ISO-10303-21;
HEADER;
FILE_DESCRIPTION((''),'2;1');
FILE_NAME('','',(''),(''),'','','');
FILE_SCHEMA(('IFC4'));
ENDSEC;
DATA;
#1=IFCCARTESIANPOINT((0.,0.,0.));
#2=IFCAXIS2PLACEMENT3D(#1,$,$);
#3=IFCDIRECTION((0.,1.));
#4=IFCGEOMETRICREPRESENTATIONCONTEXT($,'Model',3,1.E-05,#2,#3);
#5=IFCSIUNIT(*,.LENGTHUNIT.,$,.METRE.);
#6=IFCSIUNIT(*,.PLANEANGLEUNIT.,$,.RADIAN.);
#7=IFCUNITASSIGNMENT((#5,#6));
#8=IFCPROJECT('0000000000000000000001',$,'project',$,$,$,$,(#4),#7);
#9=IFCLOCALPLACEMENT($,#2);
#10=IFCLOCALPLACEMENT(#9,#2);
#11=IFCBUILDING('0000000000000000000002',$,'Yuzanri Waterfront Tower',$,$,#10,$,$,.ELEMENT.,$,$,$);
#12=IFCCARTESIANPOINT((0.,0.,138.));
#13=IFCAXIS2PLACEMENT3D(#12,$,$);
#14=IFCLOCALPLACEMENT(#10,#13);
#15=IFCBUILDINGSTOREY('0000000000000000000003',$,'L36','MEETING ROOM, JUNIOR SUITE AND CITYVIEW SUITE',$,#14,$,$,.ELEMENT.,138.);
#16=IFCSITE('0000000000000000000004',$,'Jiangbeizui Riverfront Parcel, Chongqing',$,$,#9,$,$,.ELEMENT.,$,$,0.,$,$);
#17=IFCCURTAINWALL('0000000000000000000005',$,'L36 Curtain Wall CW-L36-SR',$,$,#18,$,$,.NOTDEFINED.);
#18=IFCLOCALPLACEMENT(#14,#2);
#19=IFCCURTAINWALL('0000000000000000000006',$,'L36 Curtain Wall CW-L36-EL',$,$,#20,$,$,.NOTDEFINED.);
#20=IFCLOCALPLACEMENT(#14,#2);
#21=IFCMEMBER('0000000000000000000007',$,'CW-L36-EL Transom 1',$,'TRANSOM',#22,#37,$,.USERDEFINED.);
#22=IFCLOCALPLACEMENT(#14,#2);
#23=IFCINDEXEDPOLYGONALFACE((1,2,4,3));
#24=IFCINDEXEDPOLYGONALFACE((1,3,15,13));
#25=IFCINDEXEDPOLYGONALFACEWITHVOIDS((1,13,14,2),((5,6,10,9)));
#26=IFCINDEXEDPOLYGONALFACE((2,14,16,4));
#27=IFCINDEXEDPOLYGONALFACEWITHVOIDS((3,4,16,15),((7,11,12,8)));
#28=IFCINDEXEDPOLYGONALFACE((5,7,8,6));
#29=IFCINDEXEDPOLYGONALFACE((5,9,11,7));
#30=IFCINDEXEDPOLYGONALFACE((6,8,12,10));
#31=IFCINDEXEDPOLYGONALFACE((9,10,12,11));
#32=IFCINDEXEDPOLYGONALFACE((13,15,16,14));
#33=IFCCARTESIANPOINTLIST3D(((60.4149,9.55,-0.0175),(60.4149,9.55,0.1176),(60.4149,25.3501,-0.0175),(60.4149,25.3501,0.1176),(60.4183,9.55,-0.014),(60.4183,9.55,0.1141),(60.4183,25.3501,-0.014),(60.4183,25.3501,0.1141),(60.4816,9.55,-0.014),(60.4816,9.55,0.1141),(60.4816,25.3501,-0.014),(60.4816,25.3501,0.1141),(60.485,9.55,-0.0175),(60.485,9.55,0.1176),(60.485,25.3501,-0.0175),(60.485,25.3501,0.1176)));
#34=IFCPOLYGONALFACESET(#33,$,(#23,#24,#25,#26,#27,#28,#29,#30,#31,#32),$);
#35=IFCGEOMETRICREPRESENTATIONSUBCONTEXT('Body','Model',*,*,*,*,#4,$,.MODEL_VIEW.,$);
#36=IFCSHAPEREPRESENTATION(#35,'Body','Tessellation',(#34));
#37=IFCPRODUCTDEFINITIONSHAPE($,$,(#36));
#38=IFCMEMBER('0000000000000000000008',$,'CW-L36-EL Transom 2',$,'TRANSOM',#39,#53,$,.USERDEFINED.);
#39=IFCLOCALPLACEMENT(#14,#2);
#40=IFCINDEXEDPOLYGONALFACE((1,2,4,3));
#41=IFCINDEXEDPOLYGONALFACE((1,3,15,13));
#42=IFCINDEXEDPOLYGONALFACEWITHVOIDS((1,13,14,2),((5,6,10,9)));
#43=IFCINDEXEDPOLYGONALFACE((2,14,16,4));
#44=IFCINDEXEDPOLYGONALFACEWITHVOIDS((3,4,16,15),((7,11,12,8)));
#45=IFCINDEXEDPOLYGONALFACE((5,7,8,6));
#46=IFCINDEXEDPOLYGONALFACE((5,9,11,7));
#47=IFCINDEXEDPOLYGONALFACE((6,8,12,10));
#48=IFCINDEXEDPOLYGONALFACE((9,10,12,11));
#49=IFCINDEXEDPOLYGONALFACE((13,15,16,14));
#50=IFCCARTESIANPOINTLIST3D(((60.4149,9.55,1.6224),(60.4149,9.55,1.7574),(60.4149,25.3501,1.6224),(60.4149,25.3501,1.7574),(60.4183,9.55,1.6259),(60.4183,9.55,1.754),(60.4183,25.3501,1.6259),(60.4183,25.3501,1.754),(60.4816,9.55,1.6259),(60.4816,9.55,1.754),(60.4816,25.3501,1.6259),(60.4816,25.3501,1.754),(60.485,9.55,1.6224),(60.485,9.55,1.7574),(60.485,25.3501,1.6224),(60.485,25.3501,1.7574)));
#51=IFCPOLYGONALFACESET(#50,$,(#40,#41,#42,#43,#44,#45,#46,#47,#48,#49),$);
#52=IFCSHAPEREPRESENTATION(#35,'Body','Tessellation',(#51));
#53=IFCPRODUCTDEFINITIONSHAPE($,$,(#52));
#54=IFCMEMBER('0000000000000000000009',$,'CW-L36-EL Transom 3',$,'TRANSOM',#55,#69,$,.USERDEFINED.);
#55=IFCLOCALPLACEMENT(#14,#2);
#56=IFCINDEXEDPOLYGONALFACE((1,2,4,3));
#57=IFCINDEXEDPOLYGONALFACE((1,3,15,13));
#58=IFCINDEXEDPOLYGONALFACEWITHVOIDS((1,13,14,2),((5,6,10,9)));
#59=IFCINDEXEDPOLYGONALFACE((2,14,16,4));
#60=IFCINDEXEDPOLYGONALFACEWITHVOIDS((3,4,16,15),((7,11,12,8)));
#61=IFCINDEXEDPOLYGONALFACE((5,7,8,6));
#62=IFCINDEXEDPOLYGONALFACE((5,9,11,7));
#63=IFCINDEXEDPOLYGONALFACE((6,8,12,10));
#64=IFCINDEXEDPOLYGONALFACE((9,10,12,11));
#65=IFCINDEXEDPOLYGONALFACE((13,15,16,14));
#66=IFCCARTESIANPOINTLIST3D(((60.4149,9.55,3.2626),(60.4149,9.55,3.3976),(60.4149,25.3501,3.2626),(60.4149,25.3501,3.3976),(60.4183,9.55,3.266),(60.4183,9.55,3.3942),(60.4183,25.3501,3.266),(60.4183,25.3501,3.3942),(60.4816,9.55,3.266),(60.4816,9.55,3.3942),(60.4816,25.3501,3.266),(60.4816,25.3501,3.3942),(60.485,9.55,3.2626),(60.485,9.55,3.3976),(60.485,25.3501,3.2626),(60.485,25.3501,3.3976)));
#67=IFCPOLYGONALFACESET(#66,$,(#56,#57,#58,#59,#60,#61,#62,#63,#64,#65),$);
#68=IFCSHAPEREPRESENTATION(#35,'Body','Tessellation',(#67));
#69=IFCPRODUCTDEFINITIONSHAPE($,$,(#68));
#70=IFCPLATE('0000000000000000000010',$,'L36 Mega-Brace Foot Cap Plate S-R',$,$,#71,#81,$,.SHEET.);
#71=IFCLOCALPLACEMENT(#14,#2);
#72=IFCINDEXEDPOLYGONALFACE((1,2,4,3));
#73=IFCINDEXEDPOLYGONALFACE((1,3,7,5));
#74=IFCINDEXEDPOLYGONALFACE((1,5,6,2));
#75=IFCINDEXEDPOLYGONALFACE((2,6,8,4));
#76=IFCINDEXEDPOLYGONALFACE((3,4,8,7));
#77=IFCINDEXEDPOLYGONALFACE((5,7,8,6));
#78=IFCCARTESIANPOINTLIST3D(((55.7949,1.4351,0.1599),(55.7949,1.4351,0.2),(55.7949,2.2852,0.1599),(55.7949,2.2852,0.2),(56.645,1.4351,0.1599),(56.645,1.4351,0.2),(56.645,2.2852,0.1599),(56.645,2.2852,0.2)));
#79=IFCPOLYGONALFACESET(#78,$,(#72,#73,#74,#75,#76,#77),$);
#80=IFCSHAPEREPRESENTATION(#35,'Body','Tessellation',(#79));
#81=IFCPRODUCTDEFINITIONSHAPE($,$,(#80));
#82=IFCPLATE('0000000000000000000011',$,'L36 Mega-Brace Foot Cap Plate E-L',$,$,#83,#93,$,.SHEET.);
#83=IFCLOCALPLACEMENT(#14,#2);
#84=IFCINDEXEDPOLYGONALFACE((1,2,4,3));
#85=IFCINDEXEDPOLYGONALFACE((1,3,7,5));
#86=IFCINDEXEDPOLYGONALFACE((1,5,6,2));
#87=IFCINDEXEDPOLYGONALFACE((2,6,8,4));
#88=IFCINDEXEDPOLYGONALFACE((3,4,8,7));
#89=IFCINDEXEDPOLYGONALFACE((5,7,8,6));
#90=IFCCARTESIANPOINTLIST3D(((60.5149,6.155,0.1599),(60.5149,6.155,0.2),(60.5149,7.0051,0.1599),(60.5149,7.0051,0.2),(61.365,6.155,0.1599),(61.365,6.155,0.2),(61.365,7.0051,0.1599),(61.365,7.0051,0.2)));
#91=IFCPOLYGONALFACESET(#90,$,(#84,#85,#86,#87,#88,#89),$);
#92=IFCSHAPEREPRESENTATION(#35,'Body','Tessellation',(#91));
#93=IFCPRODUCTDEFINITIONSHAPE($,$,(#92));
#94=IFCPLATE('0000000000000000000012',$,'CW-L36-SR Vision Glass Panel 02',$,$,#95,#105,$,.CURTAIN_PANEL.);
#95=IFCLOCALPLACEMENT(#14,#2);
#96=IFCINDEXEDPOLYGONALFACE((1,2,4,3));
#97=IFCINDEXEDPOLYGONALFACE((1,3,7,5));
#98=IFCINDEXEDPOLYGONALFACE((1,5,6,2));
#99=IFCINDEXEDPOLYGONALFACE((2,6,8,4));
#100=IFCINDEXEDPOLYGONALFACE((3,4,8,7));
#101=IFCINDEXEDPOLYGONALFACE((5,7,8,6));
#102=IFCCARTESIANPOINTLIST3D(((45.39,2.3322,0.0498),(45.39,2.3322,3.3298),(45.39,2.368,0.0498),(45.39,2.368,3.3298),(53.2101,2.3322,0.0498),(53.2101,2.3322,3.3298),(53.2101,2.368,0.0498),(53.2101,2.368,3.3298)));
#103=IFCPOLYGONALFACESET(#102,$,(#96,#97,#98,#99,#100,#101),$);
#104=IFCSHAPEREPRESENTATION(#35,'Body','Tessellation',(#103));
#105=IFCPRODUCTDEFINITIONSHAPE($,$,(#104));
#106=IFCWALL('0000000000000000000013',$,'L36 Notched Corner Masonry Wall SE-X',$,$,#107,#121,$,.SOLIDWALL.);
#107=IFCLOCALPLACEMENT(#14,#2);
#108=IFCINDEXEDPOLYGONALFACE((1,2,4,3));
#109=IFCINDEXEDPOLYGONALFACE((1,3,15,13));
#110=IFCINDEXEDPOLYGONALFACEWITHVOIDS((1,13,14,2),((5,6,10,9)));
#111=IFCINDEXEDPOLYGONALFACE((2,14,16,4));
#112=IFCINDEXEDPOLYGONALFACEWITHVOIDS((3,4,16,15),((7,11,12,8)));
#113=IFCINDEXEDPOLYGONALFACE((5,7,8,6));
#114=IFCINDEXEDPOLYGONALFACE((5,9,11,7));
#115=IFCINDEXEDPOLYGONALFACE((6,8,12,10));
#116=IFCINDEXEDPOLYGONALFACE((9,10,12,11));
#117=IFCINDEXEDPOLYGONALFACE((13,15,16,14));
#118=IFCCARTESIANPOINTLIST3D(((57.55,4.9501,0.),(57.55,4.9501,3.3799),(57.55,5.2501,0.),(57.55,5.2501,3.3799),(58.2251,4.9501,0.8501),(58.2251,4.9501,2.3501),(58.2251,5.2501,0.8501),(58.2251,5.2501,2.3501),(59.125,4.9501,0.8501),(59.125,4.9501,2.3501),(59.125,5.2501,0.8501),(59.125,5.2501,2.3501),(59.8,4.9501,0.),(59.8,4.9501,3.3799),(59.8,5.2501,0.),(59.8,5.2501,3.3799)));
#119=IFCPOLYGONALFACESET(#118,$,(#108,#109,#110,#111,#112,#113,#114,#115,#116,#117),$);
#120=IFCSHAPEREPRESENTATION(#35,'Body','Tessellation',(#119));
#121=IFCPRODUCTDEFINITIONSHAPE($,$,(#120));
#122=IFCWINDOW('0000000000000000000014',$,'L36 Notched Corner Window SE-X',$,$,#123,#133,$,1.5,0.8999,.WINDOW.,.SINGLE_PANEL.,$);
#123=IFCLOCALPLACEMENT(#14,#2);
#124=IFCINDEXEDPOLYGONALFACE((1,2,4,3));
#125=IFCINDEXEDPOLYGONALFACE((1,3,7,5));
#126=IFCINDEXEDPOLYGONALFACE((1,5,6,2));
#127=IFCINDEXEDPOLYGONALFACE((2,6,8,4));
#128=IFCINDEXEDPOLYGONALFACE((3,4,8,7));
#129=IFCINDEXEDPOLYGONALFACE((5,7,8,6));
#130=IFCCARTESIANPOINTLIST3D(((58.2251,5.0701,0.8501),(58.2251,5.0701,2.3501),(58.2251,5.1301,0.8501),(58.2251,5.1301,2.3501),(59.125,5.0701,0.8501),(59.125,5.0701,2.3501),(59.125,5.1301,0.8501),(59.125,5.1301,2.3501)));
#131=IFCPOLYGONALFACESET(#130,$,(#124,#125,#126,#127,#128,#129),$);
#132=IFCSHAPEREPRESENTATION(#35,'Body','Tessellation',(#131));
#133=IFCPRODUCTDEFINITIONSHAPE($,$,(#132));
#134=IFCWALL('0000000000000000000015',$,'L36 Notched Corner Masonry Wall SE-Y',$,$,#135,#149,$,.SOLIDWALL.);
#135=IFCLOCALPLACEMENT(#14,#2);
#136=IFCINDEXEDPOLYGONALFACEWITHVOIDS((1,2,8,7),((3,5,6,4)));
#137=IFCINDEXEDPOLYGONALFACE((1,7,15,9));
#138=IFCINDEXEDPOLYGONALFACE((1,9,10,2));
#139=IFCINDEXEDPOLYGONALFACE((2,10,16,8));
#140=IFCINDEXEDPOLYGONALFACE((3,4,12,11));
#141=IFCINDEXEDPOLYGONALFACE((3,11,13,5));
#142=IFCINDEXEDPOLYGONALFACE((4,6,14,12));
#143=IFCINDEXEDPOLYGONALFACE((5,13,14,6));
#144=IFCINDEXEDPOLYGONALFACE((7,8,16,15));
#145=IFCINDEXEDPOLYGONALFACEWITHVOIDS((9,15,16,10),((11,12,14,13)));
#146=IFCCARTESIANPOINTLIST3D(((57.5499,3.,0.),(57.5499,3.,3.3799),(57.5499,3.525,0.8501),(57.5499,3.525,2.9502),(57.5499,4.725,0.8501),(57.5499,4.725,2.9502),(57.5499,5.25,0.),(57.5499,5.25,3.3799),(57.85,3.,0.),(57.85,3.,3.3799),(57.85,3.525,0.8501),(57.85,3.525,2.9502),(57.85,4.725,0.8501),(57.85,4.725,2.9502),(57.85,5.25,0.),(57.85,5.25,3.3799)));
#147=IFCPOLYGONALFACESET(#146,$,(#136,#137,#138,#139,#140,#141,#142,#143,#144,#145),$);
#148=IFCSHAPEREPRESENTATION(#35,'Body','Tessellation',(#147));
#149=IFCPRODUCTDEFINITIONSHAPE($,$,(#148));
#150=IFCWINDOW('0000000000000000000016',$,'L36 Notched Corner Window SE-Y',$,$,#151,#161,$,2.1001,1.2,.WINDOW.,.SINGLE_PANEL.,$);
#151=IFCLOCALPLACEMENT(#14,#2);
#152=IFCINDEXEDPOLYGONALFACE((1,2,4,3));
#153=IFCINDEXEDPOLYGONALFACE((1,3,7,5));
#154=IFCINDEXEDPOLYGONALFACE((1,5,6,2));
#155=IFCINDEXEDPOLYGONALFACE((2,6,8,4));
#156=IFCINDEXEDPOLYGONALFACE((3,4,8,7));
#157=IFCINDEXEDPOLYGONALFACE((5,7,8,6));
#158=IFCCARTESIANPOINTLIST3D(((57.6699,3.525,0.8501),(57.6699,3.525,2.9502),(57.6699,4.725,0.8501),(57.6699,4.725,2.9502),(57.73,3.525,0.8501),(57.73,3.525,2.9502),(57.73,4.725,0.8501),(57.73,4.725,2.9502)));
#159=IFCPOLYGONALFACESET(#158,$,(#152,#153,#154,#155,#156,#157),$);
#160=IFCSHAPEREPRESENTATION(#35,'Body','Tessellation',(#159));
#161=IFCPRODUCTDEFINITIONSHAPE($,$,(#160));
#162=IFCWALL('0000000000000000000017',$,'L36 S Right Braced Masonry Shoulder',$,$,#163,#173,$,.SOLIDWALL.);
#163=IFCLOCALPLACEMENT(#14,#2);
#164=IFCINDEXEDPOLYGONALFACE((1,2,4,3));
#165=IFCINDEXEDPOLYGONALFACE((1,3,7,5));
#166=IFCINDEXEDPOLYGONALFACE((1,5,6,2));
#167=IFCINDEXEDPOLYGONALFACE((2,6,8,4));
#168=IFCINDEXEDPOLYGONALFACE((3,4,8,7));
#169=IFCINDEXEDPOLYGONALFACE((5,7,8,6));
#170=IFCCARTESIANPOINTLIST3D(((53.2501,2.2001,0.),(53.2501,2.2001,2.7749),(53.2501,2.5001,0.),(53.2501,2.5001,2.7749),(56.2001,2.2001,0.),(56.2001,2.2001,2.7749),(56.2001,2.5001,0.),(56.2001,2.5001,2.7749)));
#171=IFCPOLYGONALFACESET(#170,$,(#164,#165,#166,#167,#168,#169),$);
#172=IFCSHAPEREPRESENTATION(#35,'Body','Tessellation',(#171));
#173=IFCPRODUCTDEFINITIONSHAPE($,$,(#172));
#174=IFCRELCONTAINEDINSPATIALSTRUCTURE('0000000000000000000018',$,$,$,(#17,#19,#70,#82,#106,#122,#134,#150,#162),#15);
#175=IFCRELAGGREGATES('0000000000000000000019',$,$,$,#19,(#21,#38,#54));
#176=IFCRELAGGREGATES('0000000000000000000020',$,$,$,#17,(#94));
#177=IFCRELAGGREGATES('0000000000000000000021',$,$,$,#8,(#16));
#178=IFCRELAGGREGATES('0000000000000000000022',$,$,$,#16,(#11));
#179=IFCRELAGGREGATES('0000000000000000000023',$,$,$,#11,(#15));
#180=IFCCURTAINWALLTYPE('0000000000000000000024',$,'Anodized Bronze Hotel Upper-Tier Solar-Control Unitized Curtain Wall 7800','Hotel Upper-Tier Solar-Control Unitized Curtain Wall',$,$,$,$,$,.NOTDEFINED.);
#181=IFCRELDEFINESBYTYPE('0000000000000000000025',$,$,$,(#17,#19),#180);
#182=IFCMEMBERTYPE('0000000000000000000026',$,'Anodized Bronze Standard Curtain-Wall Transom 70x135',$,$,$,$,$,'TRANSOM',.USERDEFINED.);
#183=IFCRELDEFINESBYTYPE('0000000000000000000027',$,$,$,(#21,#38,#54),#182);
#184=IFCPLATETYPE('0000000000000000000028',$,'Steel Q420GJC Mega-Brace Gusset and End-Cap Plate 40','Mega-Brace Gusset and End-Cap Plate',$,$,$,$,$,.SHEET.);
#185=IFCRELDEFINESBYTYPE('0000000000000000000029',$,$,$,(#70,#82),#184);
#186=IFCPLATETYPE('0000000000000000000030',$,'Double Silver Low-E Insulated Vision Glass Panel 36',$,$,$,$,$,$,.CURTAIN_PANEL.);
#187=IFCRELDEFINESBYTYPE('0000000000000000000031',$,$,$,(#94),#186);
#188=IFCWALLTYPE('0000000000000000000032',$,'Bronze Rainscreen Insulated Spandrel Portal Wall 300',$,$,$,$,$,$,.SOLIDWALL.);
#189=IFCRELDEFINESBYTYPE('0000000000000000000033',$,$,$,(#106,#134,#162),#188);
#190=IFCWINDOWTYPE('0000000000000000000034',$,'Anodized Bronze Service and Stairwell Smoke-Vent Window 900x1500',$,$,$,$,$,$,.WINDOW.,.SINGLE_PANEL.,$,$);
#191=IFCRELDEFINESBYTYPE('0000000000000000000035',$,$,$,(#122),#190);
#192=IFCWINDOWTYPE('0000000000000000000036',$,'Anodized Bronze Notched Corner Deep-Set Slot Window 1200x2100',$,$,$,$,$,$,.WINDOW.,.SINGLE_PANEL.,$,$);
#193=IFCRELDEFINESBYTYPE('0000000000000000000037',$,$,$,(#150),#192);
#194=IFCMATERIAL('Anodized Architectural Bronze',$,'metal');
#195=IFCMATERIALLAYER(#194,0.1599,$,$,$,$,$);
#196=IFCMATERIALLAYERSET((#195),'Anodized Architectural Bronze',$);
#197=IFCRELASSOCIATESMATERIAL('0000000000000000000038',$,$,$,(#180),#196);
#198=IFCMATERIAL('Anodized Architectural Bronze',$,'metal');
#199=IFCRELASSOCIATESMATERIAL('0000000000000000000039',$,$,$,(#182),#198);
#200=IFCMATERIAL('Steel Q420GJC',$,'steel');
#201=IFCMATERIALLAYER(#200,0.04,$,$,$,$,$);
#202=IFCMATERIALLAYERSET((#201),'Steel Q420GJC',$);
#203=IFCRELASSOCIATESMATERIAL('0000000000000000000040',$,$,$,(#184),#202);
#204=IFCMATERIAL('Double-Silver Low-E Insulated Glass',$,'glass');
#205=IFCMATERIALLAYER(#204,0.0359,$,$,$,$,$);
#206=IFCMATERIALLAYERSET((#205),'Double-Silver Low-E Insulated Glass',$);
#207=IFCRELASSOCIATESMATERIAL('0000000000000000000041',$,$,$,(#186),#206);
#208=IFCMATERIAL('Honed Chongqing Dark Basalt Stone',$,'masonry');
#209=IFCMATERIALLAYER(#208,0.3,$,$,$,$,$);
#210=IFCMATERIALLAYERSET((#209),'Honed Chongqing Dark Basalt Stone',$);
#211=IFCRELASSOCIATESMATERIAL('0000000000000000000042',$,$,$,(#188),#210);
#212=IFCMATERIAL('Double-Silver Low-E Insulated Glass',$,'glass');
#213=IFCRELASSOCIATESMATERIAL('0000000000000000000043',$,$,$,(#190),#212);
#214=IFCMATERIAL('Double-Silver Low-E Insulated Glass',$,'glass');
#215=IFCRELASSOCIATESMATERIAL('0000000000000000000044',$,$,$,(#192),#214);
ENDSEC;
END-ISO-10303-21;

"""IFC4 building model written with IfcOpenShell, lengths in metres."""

from ifc_helpers import new_model, si_unit, direction, frame, frame_2d, origin, origin_2d, place, context, subcontext, project, spatial, rectangle, hollow_rectangle, extrude, source, transform, mapped, material, layer, layer_set, material_profile, profile_set, type_object, element, fill, aggregate, save


model = new_model("IFC4")

# Units and contexts
model_context = context("Model", 3, precision=1e-05, world=origin(), true_north=direction((0.0, 1.0)))
body_context = subcontext(model_context, "Body", "Model", "MODEL_VIEW")
ifc_project = project(units=[si_unit("LENGTHUNIT", "METRE"), si_unit("PLANEANGLEUNIT", "RADIAN")], contexts=[model_context])

# Site, building, storey
site_placement = place(None, origin())
site = spatial("IfcSite", under=ifc_project, at=site_placement, Name="Jiangbeizui Riverfront Parcel, Chongqing", CompositionType="ELEMENT", RefElevation=0.0)
building_placement = place(site_placement, origin())
building = spatial("IfcBuilding", under=site, at=building_placement, Name="Yuzanri Waterfront Tower", CompositionType="ELEMENT")
storey_placement = place(building_placement, frame((0.0, 0.0, 138.0)))
storey = spatial("IfcBuildingStorey", under=building, at=storey_placement, Name="L36", Description="MEETING ROOM, JUNIOR SUITE AND CITYVIEW SUITE", CompositionType="ELEMENT", Elevation=138.0)

# Curtain walls, members
ifc_material_1 = material(Name="Anodized Architectural Bronze", Category="metal")
ifc_layer_1 = layer(ifc_material_1, 0.1599)
ifc_layer_set_1 = layer_set([ifc_layer_1], Name="Anodized Architectural Bronze")
curtain_wall_type = type_object("IfcCurtainWallType", Name="Anodized Bronze Hotel Upper-Tier Solar-Control Unitized Curtain Wall 7800", Description="Hotel Upper-Tier Solar-Control Unitized Curtain Wall", PredefinedType="NOTDEFINED", material=ifc_layer_set_1)
curtain_wall_1_placement = place(storey_placement, origin())
curtain_wall_1 = element("IfcCurtainWall", 1, at=curtain_wall_1_placement, inside=storey, type_object=curtain_wall_type, Name="L36 Curtain Wall CW-L36-SR", PredefinedType="NOTDEFINED")
curtain_wall_2_placement = place(storey_placement, origin())
curtain_wall_2 = element("IfcCurtainWall", 2, at=curtain_wall_2_placement, inside=storey, type_object=curtain_wall_type, Name="L36 Curtain Wall CW-L36-EL", PredefinedType="NOTDEFINED")
ifc_material_2 = material(Name="Anodized Architectural Bronze", Category="metal")
ifc_material_profile_1 = material_profile(ifc_material_2, hollow_rectangle(XDim=0.0701, YDim=0.135, WallThickness=0.0034, at=origin_2d()), Name="CWT 70x135")
ifc_profile_set_1 = profile_set([ifc_material_profile_1], Name="Anodized Architectural Bronze")
member_type_1 = type_object("IfcMemberType", Name="Anodized Bronze Standard Curtain-Wall Transom 70x135", ElementType="TRANSOM", PredefinedType="USERDEFINED", material=ifc_profile_set_1)
shared_shape_1 = source(origin(), body_context, "Body", "SweptSolid", [
    extrude(hollow_rectangle(XDim=0.0701, YDim=0.135, WallThickness=0.0034, at=origin_2d()), origin(), (0.0, 0.0, 1.0), 15.8),
])
member_1_placement = place(storey_placement, frame((60.45, 9.55, 0.05), z_axis=(0.0, 1.0, 0.0), x_axis=(-1.0, 0.0, 0.0)))
member_1 = element("IfcMember", 3, at=member_1_placement, type_object=member_type_1, Name="CW-L36-EL Transom 1", ObjectType="TRANSOM", PredefinedType="USERDEFINED", context=body_context, shape_type="MappedRepresentation", body=[
    mapped(shared_shape_1, transform((0.0, 0.0, 0.0), scale=1.0)),
])
member_2_placement = place(storey_placement, frame((60.45, 9.55, 1.6899), z_axis=(0.0, 1.0, 0.0), x_axis=(-1.0, 0.0, 0.0)))
member_2 = element("IfcMember", 4, at=member_2_placement, type_object=member_type_1, Name="CW-L36-EL Transom 2", ObjectType="TRANSOM", PredefinedType="USERDEFINED", context=body_context, shape_type="MappedRepresentation", body=[
    mapped(shared_shape_1, transform((0.0, 0.0, 0.0), scale=1.0)),
])
member_3_placement = place(storey_placement, frame((60.45, 9.55, 3.3301), z_axis=(0.0, 1.0, 0.0), x_axis=(-1.0, 0.0, 0.0)))
member_3 = element("IfcMember", 5, at=member_3_placement, type_object=member_type_1, Name="CW-L36-EL Transom 3", ObjectType="TRANSOM", PredefinedType="USERDEFINED", context=body_context, shape_type="MappedRepresentation", body=[
    mapped(shared_shape_1, transform((0.0, 0.0, 0.0), scale=1.0)),
])
aggregate(curtain_wall_2, [member_1, member_2, member_3])

# Plates
ifc_material_3 = material(Name="Steel Q420GJC", Category="steel")
ifc_layer_2 = layer(ifc_material_3, 0.04)
ifc_layer_set_2 = layer_set([ifc_layer_2], Name="Steel Q420GJC")
plate_type_1 = type_object("IfcPlateType", Name="Steel Q420GJC Mega-Brace Gusset and End-Cap Plate 40", Description="Mega-Brace Gusset and End-Cap Plate", PredefinedType="SHEET", material=ifc_layer_set_2)
shared_shape_2 = source(origin(), body_context, "Body", "SweptSolid", [
    extrude(rectangle(XDim=0.8501, YDim=0.8501, at=origin_2d()), origin(), (0.0, 0.0, 1.0), 0.04),
])
for number, where, z_axis, x_axis, name in (
    (6, (56.22, 1.8601, 0.1599), (0.0, 0.0, 1.0), (1.0, 0.0, 0.0), "L36 Mega-Brace Foot Cap Plate S-R"),
    (7, (60.9399, 6.5801, 0.1599), (0.0, 0.0, 1.0), (1.0, 0.0, 0.0), "L36 Mega-Brace Foot Cap Plate E-L"),
):
    element("IfcPlate", number, at=place(storey_placement, frame(where, z_axis=z_axis, x_axis=x_axis)), inside=storey, type_object=plate_type_1, Name=name, PredefinedType="SHEET", context=body_context, shape_type="MappedRepresentation", body=[
        mapped(shared_shape_2, transform((0.0, 0.0, 0.0), scale=1.0)),
    ])

# Plate
ifc_material_4 = material(Name="Double-Silver Low-E Insulated Glass", Category="glass")
ifc_layer_3 = layer(ifc_material_4, 0.0359)
ifc_layer_set_3 = layer_set([ifc_layer_3], Name="Double-Silver Low-E Insulated Glass")
plate_type_2 = type_object("IfcPlateType", Name="Double Silver Low-E Insulated Vision Glass Panel 36", PredefinedType="CURTAIN_PANEL", material=ifc_layer_set_3)
shared_shape_3 = source(origin(), body_context, "Body", "SweptSolid", [
    extrude(rectangle(XDim=7.8201, YDim=0.0359, at=origin_2d()), origin(), (0.0, 0.0, 1.0), 3.28),
])
plate_placement = place(storey_placement, frame((49.3, 2.3501, 0.0498), z_axis=(0.0, 0.0, 1.0), x_axis=(1.0, 0.0, 0.0)))
plate = element("IfcPlate", 8, at=plate_placement, type_object=plate_type_2, Name="CW-L36-SR Vision Glass Panel 02", PredefinedType="CURTAIN_PANEL", context=body_context, shape_type="MappedRepresentation", body=[
    mapped(shared_shape_3, transform((0.0, 0.0, 0.0), scale=1.0)),
])
aggregate(curtain_wall_1, [plate])

# Walls, openings, windows
ifc_material_5 = material(Name="Honed Chongqing Dark Basalt Stone", Category="masonry")
ifc_layer_4 = layer(ifc_material_5, 0.3)
ifc_layer_set_4 = layer_set([ifc_layer_4], Name="Honed Chongqing Dark Basalt Stone")
wall_type_1 = type_object("IfcWallType", Name="Bronze Rainscreen Insulated Spandrel Portal Wall 300", PredefinedType="SOLIDWALL", material=ifc_layer_set_4)
wall_1_placement = place(storey_placement, frame((57.55, 5.1001, 0.0), z_axis=(0.0, 0.0, 1.0), x_axis=(1.0, 0.0, 0.0)))
wall_1 = element("IfcWall", 9, at=wall_1_placement, inside=storey, type_object=wall_type_1, Name="L36 Notched Corner Masonry Wall SE-X", PredefinedType="SOLIDWALL", context=body_context, shape_type="SweptSolid", body=[
    extrude(rectangle(XDim=2.25, YDim=0.3, at=frame_2d((1.125, 0.0))), origin(), (0.0, 0.0, 1.0), 3.3799),
])
opening_1_placement = place(wall_1_placement, frame((0.675, 0.0, 0.8501)))
opening_1 = element("IfcOpeningElement", 10, at=opening_1_placement, cuts=wall_1, PredefinedType="OPENING", context=body_context, shape_type="SweptSolid", body=[
    extrude(rectangle(XDim=0.8999, YDim=1.5, at=frame_2d((0.45, 0.75))), frame((0.0, 0.165, 0.0), z_axis=(0.0, -1.0, 0.0), x_axis=(1.0, 0.0, 0.0)), (0.0, 0.0, 1.0), 0.3298),
])
ifc_material_6 = material(Name="Double-Silver Low-E Insulated Glass", Category="glass")
window_type_1 = type_object("IfcWindowType", Name="Anodized Bronze Service and Stairwell Smoke-Vent Window 900x1500", PartitioningType="SINGLE_PANEL", PredefinedType="WINDOW", material=ifc_material_6)
shared_shape_4 = source(origin(), body_context, "Body", "SweptSolid", [
    extrude(rectangle(XDim=0.8999, YDim=1.5, at=frame_2d((0.45, 0.75))), frame((0.0, 0.03, 0.0), z_axis=(0.0, -1.0, 0.0), x_axis=(1.0, 0.0, 0.0)), (0.0, 0.0, 1.0), 0.0601),
])
window_1_placement = place(opening_1_placement, origin())
window_1 = element("IfcWindow", 11, at=window_1_placement, inside=storey, type_object=window_type_1, Name="L36 Notched Corner Window SE-X", OverallHeight=1.5, OverallWidth=0.8999, PartitioningType="SINGLE_PANEL", PredefinedType="WINDOW", context=body_context, shape_type="MappedRepresentation", body=[
    mapped(shared_shape_4, transform((0.0, 0.0, 0.0), scale=1.0)),
])
fill(opening_1, window_1)
wall_2_placement = place(storey_placement, frame((57.7, 3.0, 0.0), z_axis=(0.0, 0.0, 1.0), x_axis=(0.0, 1.0, 0.0)))
wall_2 = element("IfcWall", 12, at=wall_2_placement, inside=storey, type_object=wall_type_1, Name="L36 Notched Corner Masonry Wall SE-Y", PredefinedType="SOLIDWALL", context=body_context, shape_type="SweptSolid", body=[
    extrude(rectangle(XDim=2.25, YDim=0.3, at=frame_2d((1.125, 0.0))), origin(), (0.0, 0.0, 1.0), 3.3799),
])
opening_2_placement = place(wall_2_placement, frame((0.5249, 0.0, 0.8501)))
opening_2 = element("IfcOpeningElement", 13, at=opening_2_placement, cuts=wall_2, PredefinedType="OPENING", context=body_context, shape_type="SweptSolid", body=[
    extrude(rectangle(XDim=1.2, YDim=2.1001, at=frame_2d((0.6001, 1.05))), frame((0.0, 0.165, 0.0), z_axis=(0.0, -1.0, 0.0), x_axis=(1.0, 0.0, 0.0)), (0.0, 0.0, 1.0), 0.3298),
])
ifc_material_7 = material(Name="Double-Silver Low-E Insulated Glass", Category="glass")
window_type_2 = type_object("IfcWindowType", Name="Anodized Bronze Notched Corner Deep-Set Slot Window 1200x2100", PartitioningType="SINGLE_PANEL", PredefinedType="WINDOW", material=ifc_material_7)
shared_shape_5 = source(origin(), body_context, "Body", "SweptSolid", [
    extrude(rectangle(XDim=1.2, YDim=2.1001, at=frame_2d((0.6001, 1.05))), frame((0.0, 0.03, 0.0), z_axis=(0.0, -1.0, 0.0), x_axis=(1.0, 0.0, 0.0)), (0.0, 0.0, 1.0), 0.0601),
])
window_2_placement = place(opening_2_placement, origin())
window_2 = element("IfcWindow", 14, at=window_2_placement, inside=storey, type_object=window_type_2, Name="L36 Notched Corner Window SE-Y", OverallHeight=2.1001, OverallWidth=1.2, PartitioningType="SINGLE_PANEL", PredefinedType="WINDOW", context=body_context, shape_type="MappedRepresentation", body=[
    mapped(shared_shape_5, transform((0.0, 0.0, 0.0), scale=1.0)),
])
fill(opening_2, window_2)

# Wall
shared_shape_6 = source(origin(), body_context, "Body", "SweptSolid", [
    extrude(rectangle(XDim=2.95, YDim=0.3, at=frame_2d((1.4751, 0.0))), origin(), (0.0, 0.0, 1.0), 2.7749),
])
for number, where, z_axis, x_axis, name in (
    (15, (53.25, 2.3501, 0.0), (0.0, 0.0, 1.0), (1.0, 0.0, 0.0), "L36 S Right Braced Masonry Shoulder"),
):
    element("IfcWall", number, at=place(storey_placement, frame(where, z_axis=z_axis, x_axis=x_axis)), inside=storey, type_object=wall_type_1, Name=name, PredefinedType="SOLIDWALL", context=body_context, shape_type="MappedRepresentation", body=[
        mapped(shared_shape_6, transform((0.0, 0.0, 0.0), scale=1.0)),
    ])

save(model, "model.ifc")
